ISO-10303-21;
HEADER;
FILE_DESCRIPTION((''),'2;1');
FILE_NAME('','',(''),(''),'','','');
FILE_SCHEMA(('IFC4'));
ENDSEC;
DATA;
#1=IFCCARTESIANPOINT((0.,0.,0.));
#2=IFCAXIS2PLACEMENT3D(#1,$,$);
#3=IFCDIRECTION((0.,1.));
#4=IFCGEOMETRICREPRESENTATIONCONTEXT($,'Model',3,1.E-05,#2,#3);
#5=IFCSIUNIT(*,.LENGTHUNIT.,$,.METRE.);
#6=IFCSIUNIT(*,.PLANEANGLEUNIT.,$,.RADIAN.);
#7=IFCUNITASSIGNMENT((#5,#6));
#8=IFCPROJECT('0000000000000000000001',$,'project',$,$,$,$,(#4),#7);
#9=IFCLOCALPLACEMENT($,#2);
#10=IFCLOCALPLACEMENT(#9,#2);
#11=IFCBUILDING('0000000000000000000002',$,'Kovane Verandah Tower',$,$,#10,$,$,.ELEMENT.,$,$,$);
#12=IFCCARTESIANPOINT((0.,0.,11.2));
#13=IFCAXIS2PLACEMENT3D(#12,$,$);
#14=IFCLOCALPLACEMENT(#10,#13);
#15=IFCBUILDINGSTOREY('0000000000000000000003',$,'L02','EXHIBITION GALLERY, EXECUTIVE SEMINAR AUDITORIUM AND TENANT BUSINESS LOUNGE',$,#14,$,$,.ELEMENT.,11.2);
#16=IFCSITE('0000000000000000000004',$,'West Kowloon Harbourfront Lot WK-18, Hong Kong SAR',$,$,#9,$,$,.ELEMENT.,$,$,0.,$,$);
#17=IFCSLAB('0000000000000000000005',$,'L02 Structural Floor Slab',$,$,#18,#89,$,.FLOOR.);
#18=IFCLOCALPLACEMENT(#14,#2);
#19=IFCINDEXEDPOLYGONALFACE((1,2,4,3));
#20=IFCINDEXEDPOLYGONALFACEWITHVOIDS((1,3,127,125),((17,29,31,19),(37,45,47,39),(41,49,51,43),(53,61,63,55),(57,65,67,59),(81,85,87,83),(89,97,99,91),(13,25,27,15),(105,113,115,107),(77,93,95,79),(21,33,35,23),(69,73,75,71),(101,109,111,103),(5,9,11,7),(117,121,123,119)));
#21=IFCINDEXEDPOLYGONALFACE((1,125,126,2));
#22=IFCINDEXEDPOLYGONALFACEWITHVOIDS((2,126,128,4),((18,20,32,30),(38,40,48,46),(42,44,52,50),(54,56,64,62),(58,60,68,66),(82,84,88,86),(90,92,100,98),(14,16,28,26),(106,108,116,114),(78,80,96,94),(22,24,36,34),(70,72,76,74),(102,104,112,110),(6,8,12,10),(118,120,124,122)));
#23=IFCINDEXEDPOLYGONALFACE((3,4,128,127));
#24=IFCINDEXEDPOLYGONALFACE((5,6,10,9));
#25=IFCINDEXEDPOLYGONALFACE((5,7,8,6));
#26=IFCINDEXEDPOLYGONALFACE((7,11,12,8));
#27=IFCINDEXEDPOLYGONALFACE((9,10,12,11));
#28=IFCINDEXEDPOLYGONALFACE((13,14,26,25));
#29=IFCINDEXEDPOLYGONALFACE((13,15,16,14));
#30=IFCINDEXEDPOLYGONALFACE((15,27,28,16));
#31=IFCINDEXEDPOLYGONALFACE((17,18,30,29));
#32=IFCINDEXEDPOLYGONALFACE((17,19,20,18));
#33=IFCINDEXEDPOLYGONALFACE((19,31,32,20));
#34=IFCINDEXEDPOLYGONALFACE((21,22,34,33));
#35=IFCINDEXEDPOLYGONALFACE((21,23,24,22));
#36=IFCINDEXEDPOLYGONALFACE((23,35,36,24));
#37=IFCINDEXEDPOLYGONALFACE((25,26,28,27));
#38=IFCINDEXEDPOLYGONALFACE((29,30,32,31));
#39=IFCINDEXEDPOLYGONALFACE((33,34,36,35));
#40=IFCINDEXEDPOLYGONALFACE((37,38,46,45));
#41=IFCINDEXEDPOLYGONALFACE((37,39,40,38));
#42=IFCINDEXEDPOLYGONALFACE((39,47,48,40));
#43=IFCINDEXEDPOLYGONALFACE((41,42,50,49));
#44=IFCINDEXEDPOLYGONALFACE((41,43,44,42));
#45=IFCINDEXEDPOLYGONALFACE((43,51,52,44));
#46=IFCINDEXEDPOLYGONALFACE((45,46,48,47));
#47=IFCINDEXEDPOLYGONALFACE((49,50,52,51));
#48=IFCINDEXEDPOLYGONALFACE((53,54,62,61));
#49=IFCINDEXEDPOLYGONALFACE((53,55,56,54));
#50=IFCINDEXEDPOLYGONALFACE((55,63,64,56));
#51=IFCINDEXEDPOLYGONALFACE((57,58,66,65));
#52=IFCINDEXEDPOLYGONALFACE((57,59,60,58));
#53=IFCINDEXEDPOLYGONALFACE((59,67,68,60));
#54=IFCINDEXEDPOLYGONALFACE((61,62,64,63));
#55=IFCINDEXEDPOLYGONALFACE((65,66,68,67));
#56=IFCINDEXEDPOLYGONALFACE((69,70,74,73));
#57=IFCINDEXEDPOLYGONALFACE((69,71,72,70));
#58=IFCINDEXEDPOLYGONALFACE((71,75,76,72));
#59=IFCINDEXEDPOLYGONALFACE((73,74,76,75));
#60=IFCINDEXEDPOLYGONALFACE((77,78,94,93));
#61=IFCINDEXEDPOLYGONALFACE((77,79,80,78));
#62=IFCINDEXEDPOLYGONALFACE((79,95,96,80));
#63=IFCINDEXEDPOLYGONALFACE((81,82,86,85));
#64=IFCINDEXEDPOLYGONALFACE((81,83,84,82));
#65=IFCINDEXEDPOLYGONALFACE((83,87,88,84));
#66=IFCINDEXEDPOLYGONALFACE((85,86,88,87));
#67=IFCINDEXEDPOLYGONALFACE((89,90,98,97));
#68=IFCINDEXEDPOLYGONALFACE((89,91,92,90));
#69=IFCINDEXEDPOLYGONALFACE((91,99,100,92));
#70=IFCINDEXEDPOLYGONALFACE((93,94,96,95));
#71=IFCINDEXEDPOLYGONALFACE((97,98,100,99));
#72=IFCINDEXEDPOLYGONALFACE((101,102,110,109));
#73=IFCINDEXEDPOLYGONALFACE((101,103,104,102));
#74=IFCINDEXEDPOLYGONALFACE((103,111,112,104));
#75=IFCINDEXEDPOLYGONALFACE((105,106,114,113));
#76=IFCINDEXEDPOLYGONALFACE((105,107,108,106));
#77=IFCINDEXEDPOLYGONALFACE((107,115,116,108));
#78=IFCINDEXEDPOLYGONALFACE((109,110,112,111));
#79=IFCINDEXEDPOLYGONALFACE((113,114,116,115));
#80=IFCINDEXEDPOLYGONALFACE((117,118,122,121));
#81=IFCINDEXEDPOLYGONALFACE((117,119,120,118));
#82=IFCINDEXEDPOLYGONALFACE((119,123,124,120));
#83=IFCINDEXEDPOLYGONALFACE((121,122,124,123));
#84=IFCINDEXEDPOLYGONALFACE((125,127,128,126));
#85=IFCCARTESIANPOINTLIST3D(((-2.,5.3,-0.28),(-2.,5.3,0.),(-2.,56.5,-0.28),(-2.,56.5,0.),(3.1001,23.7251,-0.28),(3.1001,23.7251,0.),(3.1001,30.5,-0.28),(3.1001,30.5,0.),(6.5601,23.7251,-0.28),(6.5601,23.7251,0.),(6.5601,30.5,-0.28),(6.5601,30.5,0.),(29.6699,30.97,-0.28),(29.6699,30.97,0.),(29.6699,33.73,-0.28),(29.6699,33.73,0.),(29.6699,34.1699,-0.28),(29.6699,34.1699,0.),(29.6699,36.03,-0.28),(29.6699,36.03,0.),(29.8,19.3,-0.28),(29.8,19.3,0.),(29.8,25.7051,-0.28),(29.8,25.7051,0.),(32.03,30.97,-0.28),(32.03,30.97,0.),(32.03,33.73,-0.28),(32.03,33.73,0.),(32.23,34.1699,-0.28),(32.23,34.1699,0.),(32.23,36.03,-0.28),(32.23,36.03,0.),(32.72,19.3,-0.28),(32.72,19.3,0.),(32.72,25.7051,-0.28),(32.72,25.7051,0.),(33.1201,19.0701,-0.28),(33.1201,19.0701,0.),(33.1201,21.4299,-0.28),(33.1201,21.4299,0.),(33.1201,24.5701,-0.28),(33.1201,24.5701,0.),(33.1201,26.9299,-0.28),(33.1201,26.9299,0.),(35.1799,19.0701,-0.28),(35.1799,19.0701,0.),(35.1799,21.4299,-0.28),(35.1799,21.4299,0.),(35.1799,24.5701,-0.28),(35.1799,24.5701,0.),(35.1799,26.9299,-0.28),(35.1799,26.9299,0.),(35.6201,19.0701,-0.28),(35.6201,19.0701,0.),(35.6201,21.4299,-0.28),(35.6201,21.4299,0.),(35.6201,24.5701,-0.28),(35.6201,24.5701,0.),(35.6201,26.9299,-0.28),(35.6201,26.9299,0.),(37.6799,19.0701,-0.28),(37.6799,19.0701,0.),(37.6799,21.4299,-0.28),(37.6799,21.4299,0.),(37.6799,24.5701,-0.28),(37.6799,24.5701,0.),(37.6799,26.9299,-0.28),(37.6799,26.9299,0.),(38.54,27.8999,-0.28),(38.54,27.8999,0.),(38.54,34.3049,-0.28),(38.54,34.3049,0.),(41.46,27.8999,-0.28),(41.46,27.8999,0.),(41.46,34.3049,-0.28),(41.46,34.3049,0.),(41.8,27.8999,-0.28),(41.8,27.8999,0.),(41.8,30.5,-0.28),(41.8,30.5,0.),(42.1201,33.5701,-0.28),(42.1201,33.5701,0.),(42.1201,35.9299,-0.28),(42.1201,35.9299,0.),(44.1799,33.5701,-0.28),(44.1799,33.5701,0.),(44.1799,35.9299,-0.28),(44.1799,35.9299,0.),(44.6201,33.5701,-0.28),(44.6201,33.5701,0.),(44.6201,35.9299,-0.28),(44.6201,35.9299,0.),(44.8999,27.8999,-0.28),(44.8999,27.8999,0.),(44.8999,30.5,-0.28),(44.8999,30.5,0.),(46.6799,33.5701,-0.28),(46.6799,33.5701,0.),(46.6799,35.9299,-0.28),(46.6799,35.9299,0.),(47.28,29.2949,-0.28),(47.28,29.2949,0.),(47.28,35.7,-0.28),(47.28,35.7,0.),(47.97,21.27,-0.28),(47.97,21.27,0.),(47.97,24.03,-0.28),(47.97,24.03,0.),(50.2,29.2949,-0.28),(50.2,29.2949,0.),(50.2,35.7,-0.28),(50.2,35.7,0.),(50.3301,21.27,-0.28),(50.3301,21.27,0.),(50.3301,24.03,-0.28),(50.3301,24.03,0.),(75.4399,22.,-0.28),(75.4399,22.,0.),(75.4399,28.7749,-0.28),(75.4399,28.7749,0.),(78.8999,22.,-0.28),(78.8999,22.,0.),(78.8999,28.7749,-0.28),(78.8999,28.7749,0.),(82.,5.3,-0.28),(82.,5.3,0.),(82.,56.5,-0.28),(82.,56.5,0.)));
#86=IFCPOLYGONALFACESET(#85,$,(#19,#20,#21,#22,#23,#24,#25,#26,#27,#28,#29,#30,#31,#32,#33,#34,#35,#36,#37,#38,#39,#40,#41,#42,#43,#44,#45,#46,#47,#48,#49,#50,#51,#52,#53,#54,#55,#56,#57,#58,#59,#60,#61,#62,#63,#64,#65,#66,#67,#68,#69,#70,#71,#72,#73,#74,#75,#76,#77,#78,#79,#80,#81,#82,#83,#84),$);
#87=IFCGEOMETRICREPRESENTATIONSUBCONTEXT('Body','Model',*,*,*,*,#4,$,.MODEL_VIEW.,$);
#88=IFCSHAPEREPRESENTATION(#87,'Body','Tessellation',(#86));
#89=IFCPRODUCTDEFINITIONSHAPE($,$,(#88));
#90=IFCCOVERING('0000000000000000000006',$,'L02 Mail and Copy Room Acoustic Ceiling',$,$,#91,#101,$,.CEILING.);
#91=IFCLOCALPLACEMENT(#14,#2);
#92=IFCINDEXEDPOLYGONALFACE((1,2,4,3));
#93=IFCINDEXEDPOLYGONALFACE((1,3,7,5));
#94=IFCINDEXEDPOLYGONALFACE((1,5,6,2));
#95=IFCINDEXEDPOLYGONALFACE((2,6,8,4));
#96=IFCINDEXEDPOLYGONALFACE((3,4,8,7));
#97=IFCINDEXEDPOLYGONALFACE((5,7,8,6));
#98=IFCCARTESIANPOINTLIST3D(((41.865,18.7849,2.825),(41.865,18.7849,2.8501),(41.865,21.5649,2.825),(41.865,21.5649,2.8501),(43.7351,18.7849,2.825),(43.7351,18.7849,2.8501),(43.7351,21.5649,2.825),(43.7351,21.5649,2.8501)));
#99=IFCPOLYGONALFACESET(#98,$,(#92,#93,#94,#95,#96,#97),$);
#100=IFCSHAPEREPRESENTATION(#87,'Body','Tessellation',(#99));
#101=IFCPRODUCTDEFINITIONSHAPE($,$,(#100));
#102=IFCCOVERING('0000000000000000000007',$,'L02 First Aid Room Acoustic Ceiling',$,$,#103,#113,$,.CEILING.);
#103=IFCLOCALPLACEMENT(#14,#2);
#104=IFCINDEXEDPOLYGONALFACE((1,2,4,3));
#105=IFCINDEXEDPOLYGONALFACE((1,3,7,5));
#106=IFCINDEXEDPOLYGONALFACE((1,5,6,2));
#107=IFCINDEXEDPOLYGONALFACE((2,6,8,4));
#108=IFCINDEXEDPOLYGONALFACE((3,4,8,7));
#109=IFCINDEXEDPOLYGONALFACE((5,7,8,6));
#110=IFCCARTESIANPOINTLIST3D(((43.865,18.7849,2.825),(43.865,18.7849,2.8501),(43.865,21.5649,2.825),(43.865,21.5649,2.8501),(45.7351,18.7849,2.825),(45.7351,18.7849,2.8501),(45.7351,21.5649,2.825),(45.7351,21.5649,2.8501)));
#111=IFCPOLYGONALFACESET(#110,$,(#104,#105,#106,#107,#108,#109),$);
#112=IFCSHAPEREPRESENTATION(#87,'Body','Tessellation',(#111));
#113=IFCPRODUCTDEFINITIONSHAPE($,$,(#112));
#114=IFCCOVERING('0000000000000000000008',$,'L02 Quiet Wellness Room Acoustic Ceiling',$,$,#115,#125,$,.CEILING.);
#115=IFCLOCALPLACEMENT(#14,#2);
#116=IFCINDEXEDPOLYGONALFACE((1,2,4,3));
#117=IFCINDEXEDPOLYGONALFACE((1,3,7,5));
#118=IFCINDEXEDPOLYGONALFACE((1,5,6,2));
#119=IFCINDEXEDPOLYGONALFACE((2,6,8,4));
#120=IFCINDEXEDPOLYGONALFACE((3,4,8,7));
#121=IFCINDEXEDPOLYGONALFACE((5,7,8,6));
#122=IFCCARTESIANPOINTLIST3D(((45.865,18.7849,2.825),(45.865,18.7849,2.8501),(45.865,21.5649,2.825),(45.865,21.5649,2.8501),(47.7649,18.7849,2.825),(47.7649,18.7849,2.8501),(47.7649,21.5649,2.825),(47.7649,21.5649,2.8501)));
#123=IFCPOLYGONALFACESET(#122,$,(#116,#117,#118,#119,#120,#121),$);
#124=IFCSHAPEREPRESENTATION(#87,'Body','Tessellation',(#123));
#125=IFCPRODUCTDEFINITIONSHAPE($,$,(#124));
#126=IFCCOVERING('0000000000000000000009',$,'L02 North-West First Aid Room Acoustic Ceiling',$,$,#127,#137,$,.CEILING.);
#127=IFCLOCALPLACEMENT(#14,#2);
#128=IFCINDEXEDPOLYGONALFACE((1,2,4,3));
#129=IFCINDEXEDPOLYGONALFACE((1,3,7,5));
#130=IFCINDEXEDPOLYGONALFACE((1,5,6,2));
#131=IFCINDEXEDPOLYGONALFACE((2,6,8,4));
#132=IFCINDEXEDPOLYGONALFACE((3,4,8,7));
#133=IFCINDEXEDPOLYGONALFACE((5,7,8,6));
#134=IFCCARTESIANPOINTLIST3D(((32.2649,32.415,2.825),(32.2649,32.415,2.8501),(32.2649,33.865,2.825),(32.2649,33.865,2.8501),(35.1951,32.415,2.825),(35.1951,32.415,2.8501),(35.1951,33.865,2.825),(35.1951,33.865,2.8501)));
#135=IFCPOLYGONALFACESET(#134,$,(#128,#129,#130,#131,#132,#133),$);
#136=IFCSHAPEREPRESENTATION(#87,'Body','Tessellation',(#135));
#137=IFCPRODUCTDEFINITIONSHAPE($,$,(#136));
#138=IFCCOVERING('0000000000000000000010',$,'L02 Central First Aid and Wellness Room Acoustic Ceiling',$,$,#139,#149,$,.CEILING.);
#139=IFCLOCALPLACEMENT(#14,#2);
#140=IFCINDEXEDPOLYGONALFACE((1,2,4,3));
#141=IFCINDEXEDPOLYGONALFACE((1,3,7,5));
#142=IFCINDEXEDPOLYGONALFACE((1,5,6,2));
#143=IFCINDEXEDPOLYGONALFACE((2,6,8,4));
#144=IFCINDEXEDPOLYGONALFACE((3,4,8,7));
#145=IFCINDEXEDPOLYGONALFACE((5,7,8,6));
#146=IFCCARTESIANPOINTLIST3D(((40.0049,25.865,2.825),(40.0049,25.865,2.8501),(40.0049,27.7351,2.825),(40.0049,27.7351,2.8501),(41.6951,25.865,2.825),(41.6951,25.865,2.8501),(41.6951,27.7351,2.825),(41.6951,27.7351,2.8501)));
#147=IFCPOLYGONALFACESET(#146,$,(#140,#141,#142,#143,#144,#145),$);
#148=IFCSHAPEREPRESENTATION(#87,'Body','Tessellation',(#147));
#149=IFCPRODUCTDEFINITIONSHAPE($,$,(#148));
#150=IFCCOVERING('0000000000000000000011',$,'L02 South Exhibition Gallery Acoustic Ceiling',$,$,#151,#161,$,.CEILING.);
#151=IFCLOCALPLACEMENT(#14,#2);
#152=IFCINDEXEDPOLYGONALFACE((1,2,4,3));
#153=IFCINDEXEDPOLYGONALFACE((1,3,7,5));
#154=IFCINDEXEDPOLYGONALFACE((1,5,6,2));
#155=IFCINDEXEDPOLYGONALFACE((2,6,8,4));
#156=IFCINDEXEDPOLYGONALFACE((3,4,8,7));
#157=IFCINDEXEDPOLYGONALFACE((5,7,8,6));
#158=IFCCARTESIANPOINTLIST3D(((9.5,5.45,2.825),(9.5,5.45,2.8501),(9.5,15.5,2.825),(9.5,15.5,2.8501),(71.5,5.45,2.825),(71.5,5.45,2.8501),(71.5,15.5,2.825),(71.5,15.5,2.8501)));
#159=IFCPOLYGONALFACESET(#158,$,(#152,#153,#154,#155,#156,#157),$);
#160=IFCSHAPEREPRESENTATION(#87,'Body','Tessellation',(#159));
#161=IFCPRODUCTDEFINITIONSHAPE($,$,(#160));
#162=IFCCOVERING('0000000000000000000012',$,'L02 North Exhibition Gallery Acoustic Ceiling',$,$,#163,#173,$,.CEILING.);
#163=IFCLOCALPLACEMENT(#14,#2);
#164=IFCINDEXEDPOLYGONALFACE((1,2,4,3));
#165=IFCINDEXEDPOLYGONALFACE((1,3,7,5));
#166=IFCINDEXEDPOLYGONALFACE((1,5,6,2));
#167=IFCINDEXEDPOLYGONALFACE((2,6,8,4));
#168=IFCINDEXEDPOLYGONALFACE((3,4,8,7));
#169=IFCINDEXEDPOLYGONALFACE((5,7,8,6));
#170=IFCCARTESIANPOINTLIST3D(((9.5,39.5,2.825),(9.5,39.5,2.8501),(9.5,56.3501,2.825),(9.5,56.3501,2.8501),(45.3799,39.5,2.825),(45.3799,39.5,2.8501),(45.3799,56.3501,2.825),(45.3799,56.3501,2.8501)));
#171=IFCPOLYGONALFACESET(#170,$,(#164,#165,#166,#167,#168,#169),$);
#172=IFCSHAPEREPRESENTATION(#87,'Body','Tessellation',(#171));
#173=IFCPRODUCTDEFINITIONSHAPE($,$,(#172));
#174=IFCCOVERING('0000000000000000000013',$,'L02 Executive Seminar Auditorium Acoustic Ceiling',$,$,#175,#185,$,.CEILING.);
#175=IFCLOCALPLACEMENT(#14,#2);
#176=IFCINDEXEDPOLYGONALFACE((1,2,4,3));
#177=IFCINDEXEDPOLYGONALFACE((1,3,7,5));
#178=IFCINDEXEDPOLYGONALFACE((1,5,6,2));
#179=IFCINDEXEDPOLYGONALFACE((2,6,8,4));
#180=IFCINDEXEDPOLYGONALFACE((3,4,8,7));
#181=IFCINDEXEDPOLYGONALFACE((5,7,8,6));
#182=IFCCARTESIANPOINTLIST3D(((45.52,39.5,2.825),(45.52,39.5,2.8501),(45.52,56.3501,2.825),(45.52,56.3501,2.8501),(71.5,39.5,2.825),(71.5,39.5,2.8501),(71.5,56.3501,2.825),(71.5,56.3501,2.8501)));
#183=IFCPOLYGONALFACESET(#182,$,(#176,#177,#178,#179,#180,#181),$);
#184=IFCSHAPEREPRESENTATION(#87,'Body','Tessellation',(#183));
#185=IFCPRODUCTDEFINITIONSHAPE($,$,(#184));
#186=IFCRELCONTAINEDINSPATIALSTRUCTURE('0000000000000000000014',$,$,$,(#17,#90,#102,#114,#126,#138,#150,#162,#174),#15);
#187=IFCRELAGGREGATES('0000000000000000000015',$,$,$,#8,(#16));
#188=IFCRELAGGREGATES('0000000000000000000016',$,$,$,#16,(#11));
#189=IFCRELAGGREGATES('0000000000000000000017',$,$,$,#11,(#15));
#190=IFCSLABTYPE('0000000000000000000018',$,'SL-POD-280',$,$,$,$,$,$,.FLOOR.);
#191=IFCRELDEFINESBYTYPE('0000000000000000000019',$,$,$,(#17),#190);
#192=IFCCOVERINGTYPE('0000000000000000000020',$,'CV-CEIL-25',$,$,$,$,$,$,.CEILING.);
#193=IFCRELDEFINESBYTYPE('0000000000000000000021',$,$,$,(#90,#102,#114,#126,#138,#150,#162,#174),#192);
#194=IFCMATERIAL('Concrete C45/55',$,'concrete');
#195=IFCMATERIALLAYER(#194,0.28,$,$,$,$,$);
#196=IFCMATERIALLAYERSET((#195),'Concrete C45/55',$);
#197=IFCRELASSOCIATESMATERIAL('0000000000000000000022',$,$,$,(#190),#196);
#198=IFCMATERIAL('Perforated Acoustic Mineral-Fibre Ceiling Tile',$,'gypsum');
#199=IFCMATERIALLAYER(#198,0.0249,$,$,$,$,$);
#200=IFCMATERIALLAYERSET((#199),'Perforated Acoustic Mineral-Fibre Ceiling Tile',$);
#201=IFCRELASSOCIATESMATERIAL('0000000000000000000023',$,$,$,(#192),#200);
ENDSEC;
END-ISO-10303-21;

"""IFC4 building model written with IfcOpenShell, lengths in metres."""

from ifc_helpers import new_model, si_unit, direction, frame, origin, place, context, subcontext, project, spatial, polyline, outline, extrude, material, layer, layer_set, type_object, element, save


model = new_model("IFC4")

# Units and contexts
model_context = context("Model", 3, precision=1e-05, world=origin(), true_north=direction((0.0, 1.0)))
body_context = subcontext(model_context, "Body", "Model", "MODEL_VIEW")
ifc_project = project(units=[si_unit("LENGTHUNIT", "METRE"), si_unit("PLANEANGLEUNIT", "RADIAN")], contexts=[model_context])

# Site, building, storey
site_placement = place(None, origin())
site = spatial("IfcSite", under=ifc_project, at=site_placement, Name="West Kowloon Harbourfront Lot WK-18, Hong Kong SAR", CompositionType="ELEMENT", RefElevation=0.0)
building_placement = place(site_placement, origin())
building = spatial("IfcBuilding", under=site, at=building_placement, Name="Kovane Verandah Tower", CompositionType="ELEMENT")
storey_placement = place(building_placement, frame((0.0, 0.0, 11.2)))
storey = spatial("IfcBuildingStorey", under=building, at=storey_placement, Name="L02", Description="EXHIBITION GALLERY, EXECUTIVE SEMINAR AUDITORIUM AND TENANT BUSINESS LOUNGE", CompositionType="ELEMENT", Elevation=11.2)

# Shared definitions
ifc_material_1 = material(Name="Concrete C45/55", Category="concrete")

# Slab
ifc_layer_1 = layer(ifc_material_1, 0.28)
ifc_layer_set_1 = layer_set([ifc_layer_1], Name="Concrete C45/55")
slab_type_1 = type_object("IfcSlabType", Name="SL-POD-280", PredefinedType="FLOOR", material=ifc_layer_set_1)
slab_1_placement = place(storey_placement, frame((0.0, 0.0, -0.28)))
element("IfcSlab", 1, at=slab_1_placement, inside=storey, type_object=slab_type_1, Name="L02 Structural Floor Slab", PredefinedType="FLOOR", context=body_context, shape_type="SweptSolid", body=[
    extrude(outline(polyline([(-2.0, 5.3), (82.0, 5.3), (82.0, 56.5), (-2.0, 56.5), (-2.0, 5.3)]), holes=[polyline([(29.8, 19.3), (32.72, 19.3), (32.72, 25.7051), (29.8, 25.7051), (29.8, 19.3)]), polyline([(47.28, 29.2949), (50.2, 29.2949), (50.2, 35.7), (47.28, 35.7), (47.28, 29.2949)]), polyline([(38.54, 27.8999), (41.46, 27.8999), (41.46, 34.3049), (38.54, 34.3049), (38.54, 27.8999)]), polyline([(3.1001, 23.7251), (6.5601, 23.7251), (6.5601, 30.5), (3.1001, 30.5), (3.1001, 23.7251)]), polyline([(75.4399, 22.0), (78.8999, 22.0), (78.8999, 28.7749), (75.4399, 28.7749), (75.4399, 22.0)]), polyline([(29.6699, 30.97), (32.03, 30.97), (32.03, 33.73), (29.6699, 33.73), (29.6699, 30.97)]), polyline([(47.97, 21.27), (50.3301, 21.27), (50.3301, 24.03), (47.97, 24.03), (47.97, 21.27)]), polyline([(29.6699, 34.1699), (32.23, 34.1699), (32.23, 36.03), (29.6699, 36.03), (29.6699, 34.1699)]), polyline([(33.1201, 19.0701), (35.1799, 19.0701), (35.1799, 21.4299), (33.1201, 21.4299), (33.1201, 19.0701)]), polyline([(35.6201, 19.0701), (37.6799, 19.0701), (37.6799, 21.4299), (35.6201, 21.4299), (35.6201, 19.0701)]), polyline([(33.1201, 24.5701), (35.1799, 24.5701), (35.1799, 26.9299), (33.1201, 26.9299), (33.1201, 24.5701)]), polyline([(35.6201, 24.5701), (37.6799, 24.5701), (37.6799, 26.9299), (35.6201, 26.9299), (35.6201, 24.5701)]), polyline([(42.1201, 33.5701), (44.1799, 33.5701), (44.1799, 35.9299), (42.1201, 35.9299), (42.1201, 33.5701)]), polyline([(44.6201, 33.5701), (46.6799, 33.5701), (46.6799, 35.9299), (44.6201, 35.9299), (44.6201, 33.5701)]), polyline([(41.8, 27.8999), (44.8999, 27.8999), (44.8999, 30.5), (41.8, 30.5), (41.8, 27.8999)])]), origin(), (0.0, 0.0, 1.0), 0.28),
])

# Coverings
ifc_material_2 = material(Name="Perforated Acoustic Mineral-Fibre Ceiling Tile", Category="gypsum")
ifc_layer_2 = layer(ifc_material_2, 0.0249)
ifc_layer_set_2 = layer_set([ifc_layer_2], Name="Perforated Acoustic Mineral-Fibre Ceiling Tile")
covering_type_1 = type_object("IfcCoveringType", Name="CV-CEIL-25", PredefinedType="CEILING", material=ifc_layer_set_2)
covering_1_placement = place(storey_placement, frame((0.0, 0.0, 2.825)))
element("IfcCovering", 2, at=covering_1_placement, inside=storey, type_object=covering_type_1, Name="L02 Mail and Copy Room Acoustic Ceiling", PredefinedType="CEILING", context=body_context, shape_type="SweptSolid", body=[
    extrude(outline(polyline([(41.865, 18.7849), (43.7351, 18.7849), (43.7351, 21.5649), (41.865, 21.5649), (41.865, 18.7849)])), origin(), (0.0, 0.0, 1.0), 0.0251),
])
covering_2_placement = place(storey_placement, frame((0.0, 0.0, 2.825)))
element("IfcCovering", 3, at=covering_2_placement, inside=storey, type_object=covering_type_1, Name="L02 First Aid Room Acoustic Ceiling", PredefinedType="CEILING", context=body_context, shape_type="SweptSolid", body=[
    extrude(outline(polyline([(43.865, 18.7849), (45.7351, 18.7849), (45.7351, 21.5649), (43.865, 21.5649), (43.865, 18.7849)])), origin(), (0.0, 0.0, 1.0), 0.0251),
])
covering_3_placement = place(storey_placement, frame((0.0, 0.0, 2.825)))
element("IfcCovering", 4, at=covering_3_placement, inside=storey, type_object=covering_type_1, Name="L02 Quiet Wellness Room Acoustic Ceiling", PredefinedType="CEILING", context=body_context, shape_type="SweptSolid", body=[
    extrude(outline(polyline([(45.865, 18.7849), (47.7649, 18.7849), (47.7649, 21.5649), (45.865, 21.5649), (45.865, 18.7849)])), origin(), (0.0, 0.0, 1.0), 0.0251),
])
covering_4_placement = place(storey_placement, frame((0.0, 0.0, 2.825)))
element("IfcCovering", 5, at=covering_4_placement, inside=storey, type_object=covering_type_1, Name="L02 North-West First Aid Room Acoustic Ceiling", PredefinedType="CEILING", context=body_context, shape_type="SweptSolid", body=[
    extrude(outline(polyline([(32.2649, 32.415), (35.1951, 32.415), (35.1951, 33.865), (32.2649, 33.865), (32.2649, 32.415)])), origin(), (0.0, 0.0, 1.0), 0.0251),
])
covering_5_placement = place(storey_placement, frame((0.0, 0.0, 2.825)))
element("IfcCovering", 6, at=covering_5_placement, inside=storey, type_object=covering_type_1, Name="L02 Central First Aid and Wellness Room Acoustic Ceiling", PredefinedType="CEILING", context=body_context, shape_type="SweptSolid", body=[
    extrude(outline(polyline([(40.0049, 25.865), (41.6951, 25.865), (41.6951, 27.7351), (40.0049, 27.7351), (40.0049, 25.865)])), origin(), (0.0, 0.0, 1.0), 0.0251),
])
covering_6_placement = place(storey_placement, frame((0.0, 0.0, 2.825)))
element("IfcCovering", 7, at=covering_6_placement, inside=storey, type_object=covering_type_1, Name="L02 South Exhibition Gallery Acoustic Ceiling", PredefinedType="CEILING", context=body_context, shape_type="SweptSolid", body=[
    extrude(outline(polyline([(9.5, 5.45), (71.5, 5.45), (71.5, 15.5), (9.5, 15.5), (9.5, 5.45)])), origin(), (0.0, 0.0, 1.0), 0.0251),
])
covering_7_placement = place(storey_placement, frame((0.0, 0.0, 2.825)))
element("IfcCovering", 8, at=covering_7_placement, inside=storey, type_object=covering_type_1, Name="L02 North Exhibition Gallery Acoustic Ceiling", PredefinedType="CEILING", context=body_context, shape_type="SweptSolid", body=[
    extrude(outline(polyline([(9.5, 39.5), (45.3799, 39.5), (45.3799, 56.3501), (9.5, 56.3501), (9.5, 39.5)])), origin(), (0.0, 0.0, 1.0), 0.0251),
])
covering_8_placement = place(storey_placement, frame((0.0, 0.0, 2.825)))
element("IfcCovering", 9, at=covering_8_placement, inside=storey, type_object=covering_type_1, Name="L02 Executive Seminar Auditorium Acoustic Ceiling", PredefinedType="CEILING", context=body_context, shape_type="SweptSolid", body=[
    extrude(outline(polyline([(45.52, 39.5), (71.5, 39.5), (71.5, 56.3501), (45.52, 56.3501), (45.52, 39.5)])), origin(), (0.0, 0.0, 1.0), 0.0251),
])

save(model, "model.ifc")
